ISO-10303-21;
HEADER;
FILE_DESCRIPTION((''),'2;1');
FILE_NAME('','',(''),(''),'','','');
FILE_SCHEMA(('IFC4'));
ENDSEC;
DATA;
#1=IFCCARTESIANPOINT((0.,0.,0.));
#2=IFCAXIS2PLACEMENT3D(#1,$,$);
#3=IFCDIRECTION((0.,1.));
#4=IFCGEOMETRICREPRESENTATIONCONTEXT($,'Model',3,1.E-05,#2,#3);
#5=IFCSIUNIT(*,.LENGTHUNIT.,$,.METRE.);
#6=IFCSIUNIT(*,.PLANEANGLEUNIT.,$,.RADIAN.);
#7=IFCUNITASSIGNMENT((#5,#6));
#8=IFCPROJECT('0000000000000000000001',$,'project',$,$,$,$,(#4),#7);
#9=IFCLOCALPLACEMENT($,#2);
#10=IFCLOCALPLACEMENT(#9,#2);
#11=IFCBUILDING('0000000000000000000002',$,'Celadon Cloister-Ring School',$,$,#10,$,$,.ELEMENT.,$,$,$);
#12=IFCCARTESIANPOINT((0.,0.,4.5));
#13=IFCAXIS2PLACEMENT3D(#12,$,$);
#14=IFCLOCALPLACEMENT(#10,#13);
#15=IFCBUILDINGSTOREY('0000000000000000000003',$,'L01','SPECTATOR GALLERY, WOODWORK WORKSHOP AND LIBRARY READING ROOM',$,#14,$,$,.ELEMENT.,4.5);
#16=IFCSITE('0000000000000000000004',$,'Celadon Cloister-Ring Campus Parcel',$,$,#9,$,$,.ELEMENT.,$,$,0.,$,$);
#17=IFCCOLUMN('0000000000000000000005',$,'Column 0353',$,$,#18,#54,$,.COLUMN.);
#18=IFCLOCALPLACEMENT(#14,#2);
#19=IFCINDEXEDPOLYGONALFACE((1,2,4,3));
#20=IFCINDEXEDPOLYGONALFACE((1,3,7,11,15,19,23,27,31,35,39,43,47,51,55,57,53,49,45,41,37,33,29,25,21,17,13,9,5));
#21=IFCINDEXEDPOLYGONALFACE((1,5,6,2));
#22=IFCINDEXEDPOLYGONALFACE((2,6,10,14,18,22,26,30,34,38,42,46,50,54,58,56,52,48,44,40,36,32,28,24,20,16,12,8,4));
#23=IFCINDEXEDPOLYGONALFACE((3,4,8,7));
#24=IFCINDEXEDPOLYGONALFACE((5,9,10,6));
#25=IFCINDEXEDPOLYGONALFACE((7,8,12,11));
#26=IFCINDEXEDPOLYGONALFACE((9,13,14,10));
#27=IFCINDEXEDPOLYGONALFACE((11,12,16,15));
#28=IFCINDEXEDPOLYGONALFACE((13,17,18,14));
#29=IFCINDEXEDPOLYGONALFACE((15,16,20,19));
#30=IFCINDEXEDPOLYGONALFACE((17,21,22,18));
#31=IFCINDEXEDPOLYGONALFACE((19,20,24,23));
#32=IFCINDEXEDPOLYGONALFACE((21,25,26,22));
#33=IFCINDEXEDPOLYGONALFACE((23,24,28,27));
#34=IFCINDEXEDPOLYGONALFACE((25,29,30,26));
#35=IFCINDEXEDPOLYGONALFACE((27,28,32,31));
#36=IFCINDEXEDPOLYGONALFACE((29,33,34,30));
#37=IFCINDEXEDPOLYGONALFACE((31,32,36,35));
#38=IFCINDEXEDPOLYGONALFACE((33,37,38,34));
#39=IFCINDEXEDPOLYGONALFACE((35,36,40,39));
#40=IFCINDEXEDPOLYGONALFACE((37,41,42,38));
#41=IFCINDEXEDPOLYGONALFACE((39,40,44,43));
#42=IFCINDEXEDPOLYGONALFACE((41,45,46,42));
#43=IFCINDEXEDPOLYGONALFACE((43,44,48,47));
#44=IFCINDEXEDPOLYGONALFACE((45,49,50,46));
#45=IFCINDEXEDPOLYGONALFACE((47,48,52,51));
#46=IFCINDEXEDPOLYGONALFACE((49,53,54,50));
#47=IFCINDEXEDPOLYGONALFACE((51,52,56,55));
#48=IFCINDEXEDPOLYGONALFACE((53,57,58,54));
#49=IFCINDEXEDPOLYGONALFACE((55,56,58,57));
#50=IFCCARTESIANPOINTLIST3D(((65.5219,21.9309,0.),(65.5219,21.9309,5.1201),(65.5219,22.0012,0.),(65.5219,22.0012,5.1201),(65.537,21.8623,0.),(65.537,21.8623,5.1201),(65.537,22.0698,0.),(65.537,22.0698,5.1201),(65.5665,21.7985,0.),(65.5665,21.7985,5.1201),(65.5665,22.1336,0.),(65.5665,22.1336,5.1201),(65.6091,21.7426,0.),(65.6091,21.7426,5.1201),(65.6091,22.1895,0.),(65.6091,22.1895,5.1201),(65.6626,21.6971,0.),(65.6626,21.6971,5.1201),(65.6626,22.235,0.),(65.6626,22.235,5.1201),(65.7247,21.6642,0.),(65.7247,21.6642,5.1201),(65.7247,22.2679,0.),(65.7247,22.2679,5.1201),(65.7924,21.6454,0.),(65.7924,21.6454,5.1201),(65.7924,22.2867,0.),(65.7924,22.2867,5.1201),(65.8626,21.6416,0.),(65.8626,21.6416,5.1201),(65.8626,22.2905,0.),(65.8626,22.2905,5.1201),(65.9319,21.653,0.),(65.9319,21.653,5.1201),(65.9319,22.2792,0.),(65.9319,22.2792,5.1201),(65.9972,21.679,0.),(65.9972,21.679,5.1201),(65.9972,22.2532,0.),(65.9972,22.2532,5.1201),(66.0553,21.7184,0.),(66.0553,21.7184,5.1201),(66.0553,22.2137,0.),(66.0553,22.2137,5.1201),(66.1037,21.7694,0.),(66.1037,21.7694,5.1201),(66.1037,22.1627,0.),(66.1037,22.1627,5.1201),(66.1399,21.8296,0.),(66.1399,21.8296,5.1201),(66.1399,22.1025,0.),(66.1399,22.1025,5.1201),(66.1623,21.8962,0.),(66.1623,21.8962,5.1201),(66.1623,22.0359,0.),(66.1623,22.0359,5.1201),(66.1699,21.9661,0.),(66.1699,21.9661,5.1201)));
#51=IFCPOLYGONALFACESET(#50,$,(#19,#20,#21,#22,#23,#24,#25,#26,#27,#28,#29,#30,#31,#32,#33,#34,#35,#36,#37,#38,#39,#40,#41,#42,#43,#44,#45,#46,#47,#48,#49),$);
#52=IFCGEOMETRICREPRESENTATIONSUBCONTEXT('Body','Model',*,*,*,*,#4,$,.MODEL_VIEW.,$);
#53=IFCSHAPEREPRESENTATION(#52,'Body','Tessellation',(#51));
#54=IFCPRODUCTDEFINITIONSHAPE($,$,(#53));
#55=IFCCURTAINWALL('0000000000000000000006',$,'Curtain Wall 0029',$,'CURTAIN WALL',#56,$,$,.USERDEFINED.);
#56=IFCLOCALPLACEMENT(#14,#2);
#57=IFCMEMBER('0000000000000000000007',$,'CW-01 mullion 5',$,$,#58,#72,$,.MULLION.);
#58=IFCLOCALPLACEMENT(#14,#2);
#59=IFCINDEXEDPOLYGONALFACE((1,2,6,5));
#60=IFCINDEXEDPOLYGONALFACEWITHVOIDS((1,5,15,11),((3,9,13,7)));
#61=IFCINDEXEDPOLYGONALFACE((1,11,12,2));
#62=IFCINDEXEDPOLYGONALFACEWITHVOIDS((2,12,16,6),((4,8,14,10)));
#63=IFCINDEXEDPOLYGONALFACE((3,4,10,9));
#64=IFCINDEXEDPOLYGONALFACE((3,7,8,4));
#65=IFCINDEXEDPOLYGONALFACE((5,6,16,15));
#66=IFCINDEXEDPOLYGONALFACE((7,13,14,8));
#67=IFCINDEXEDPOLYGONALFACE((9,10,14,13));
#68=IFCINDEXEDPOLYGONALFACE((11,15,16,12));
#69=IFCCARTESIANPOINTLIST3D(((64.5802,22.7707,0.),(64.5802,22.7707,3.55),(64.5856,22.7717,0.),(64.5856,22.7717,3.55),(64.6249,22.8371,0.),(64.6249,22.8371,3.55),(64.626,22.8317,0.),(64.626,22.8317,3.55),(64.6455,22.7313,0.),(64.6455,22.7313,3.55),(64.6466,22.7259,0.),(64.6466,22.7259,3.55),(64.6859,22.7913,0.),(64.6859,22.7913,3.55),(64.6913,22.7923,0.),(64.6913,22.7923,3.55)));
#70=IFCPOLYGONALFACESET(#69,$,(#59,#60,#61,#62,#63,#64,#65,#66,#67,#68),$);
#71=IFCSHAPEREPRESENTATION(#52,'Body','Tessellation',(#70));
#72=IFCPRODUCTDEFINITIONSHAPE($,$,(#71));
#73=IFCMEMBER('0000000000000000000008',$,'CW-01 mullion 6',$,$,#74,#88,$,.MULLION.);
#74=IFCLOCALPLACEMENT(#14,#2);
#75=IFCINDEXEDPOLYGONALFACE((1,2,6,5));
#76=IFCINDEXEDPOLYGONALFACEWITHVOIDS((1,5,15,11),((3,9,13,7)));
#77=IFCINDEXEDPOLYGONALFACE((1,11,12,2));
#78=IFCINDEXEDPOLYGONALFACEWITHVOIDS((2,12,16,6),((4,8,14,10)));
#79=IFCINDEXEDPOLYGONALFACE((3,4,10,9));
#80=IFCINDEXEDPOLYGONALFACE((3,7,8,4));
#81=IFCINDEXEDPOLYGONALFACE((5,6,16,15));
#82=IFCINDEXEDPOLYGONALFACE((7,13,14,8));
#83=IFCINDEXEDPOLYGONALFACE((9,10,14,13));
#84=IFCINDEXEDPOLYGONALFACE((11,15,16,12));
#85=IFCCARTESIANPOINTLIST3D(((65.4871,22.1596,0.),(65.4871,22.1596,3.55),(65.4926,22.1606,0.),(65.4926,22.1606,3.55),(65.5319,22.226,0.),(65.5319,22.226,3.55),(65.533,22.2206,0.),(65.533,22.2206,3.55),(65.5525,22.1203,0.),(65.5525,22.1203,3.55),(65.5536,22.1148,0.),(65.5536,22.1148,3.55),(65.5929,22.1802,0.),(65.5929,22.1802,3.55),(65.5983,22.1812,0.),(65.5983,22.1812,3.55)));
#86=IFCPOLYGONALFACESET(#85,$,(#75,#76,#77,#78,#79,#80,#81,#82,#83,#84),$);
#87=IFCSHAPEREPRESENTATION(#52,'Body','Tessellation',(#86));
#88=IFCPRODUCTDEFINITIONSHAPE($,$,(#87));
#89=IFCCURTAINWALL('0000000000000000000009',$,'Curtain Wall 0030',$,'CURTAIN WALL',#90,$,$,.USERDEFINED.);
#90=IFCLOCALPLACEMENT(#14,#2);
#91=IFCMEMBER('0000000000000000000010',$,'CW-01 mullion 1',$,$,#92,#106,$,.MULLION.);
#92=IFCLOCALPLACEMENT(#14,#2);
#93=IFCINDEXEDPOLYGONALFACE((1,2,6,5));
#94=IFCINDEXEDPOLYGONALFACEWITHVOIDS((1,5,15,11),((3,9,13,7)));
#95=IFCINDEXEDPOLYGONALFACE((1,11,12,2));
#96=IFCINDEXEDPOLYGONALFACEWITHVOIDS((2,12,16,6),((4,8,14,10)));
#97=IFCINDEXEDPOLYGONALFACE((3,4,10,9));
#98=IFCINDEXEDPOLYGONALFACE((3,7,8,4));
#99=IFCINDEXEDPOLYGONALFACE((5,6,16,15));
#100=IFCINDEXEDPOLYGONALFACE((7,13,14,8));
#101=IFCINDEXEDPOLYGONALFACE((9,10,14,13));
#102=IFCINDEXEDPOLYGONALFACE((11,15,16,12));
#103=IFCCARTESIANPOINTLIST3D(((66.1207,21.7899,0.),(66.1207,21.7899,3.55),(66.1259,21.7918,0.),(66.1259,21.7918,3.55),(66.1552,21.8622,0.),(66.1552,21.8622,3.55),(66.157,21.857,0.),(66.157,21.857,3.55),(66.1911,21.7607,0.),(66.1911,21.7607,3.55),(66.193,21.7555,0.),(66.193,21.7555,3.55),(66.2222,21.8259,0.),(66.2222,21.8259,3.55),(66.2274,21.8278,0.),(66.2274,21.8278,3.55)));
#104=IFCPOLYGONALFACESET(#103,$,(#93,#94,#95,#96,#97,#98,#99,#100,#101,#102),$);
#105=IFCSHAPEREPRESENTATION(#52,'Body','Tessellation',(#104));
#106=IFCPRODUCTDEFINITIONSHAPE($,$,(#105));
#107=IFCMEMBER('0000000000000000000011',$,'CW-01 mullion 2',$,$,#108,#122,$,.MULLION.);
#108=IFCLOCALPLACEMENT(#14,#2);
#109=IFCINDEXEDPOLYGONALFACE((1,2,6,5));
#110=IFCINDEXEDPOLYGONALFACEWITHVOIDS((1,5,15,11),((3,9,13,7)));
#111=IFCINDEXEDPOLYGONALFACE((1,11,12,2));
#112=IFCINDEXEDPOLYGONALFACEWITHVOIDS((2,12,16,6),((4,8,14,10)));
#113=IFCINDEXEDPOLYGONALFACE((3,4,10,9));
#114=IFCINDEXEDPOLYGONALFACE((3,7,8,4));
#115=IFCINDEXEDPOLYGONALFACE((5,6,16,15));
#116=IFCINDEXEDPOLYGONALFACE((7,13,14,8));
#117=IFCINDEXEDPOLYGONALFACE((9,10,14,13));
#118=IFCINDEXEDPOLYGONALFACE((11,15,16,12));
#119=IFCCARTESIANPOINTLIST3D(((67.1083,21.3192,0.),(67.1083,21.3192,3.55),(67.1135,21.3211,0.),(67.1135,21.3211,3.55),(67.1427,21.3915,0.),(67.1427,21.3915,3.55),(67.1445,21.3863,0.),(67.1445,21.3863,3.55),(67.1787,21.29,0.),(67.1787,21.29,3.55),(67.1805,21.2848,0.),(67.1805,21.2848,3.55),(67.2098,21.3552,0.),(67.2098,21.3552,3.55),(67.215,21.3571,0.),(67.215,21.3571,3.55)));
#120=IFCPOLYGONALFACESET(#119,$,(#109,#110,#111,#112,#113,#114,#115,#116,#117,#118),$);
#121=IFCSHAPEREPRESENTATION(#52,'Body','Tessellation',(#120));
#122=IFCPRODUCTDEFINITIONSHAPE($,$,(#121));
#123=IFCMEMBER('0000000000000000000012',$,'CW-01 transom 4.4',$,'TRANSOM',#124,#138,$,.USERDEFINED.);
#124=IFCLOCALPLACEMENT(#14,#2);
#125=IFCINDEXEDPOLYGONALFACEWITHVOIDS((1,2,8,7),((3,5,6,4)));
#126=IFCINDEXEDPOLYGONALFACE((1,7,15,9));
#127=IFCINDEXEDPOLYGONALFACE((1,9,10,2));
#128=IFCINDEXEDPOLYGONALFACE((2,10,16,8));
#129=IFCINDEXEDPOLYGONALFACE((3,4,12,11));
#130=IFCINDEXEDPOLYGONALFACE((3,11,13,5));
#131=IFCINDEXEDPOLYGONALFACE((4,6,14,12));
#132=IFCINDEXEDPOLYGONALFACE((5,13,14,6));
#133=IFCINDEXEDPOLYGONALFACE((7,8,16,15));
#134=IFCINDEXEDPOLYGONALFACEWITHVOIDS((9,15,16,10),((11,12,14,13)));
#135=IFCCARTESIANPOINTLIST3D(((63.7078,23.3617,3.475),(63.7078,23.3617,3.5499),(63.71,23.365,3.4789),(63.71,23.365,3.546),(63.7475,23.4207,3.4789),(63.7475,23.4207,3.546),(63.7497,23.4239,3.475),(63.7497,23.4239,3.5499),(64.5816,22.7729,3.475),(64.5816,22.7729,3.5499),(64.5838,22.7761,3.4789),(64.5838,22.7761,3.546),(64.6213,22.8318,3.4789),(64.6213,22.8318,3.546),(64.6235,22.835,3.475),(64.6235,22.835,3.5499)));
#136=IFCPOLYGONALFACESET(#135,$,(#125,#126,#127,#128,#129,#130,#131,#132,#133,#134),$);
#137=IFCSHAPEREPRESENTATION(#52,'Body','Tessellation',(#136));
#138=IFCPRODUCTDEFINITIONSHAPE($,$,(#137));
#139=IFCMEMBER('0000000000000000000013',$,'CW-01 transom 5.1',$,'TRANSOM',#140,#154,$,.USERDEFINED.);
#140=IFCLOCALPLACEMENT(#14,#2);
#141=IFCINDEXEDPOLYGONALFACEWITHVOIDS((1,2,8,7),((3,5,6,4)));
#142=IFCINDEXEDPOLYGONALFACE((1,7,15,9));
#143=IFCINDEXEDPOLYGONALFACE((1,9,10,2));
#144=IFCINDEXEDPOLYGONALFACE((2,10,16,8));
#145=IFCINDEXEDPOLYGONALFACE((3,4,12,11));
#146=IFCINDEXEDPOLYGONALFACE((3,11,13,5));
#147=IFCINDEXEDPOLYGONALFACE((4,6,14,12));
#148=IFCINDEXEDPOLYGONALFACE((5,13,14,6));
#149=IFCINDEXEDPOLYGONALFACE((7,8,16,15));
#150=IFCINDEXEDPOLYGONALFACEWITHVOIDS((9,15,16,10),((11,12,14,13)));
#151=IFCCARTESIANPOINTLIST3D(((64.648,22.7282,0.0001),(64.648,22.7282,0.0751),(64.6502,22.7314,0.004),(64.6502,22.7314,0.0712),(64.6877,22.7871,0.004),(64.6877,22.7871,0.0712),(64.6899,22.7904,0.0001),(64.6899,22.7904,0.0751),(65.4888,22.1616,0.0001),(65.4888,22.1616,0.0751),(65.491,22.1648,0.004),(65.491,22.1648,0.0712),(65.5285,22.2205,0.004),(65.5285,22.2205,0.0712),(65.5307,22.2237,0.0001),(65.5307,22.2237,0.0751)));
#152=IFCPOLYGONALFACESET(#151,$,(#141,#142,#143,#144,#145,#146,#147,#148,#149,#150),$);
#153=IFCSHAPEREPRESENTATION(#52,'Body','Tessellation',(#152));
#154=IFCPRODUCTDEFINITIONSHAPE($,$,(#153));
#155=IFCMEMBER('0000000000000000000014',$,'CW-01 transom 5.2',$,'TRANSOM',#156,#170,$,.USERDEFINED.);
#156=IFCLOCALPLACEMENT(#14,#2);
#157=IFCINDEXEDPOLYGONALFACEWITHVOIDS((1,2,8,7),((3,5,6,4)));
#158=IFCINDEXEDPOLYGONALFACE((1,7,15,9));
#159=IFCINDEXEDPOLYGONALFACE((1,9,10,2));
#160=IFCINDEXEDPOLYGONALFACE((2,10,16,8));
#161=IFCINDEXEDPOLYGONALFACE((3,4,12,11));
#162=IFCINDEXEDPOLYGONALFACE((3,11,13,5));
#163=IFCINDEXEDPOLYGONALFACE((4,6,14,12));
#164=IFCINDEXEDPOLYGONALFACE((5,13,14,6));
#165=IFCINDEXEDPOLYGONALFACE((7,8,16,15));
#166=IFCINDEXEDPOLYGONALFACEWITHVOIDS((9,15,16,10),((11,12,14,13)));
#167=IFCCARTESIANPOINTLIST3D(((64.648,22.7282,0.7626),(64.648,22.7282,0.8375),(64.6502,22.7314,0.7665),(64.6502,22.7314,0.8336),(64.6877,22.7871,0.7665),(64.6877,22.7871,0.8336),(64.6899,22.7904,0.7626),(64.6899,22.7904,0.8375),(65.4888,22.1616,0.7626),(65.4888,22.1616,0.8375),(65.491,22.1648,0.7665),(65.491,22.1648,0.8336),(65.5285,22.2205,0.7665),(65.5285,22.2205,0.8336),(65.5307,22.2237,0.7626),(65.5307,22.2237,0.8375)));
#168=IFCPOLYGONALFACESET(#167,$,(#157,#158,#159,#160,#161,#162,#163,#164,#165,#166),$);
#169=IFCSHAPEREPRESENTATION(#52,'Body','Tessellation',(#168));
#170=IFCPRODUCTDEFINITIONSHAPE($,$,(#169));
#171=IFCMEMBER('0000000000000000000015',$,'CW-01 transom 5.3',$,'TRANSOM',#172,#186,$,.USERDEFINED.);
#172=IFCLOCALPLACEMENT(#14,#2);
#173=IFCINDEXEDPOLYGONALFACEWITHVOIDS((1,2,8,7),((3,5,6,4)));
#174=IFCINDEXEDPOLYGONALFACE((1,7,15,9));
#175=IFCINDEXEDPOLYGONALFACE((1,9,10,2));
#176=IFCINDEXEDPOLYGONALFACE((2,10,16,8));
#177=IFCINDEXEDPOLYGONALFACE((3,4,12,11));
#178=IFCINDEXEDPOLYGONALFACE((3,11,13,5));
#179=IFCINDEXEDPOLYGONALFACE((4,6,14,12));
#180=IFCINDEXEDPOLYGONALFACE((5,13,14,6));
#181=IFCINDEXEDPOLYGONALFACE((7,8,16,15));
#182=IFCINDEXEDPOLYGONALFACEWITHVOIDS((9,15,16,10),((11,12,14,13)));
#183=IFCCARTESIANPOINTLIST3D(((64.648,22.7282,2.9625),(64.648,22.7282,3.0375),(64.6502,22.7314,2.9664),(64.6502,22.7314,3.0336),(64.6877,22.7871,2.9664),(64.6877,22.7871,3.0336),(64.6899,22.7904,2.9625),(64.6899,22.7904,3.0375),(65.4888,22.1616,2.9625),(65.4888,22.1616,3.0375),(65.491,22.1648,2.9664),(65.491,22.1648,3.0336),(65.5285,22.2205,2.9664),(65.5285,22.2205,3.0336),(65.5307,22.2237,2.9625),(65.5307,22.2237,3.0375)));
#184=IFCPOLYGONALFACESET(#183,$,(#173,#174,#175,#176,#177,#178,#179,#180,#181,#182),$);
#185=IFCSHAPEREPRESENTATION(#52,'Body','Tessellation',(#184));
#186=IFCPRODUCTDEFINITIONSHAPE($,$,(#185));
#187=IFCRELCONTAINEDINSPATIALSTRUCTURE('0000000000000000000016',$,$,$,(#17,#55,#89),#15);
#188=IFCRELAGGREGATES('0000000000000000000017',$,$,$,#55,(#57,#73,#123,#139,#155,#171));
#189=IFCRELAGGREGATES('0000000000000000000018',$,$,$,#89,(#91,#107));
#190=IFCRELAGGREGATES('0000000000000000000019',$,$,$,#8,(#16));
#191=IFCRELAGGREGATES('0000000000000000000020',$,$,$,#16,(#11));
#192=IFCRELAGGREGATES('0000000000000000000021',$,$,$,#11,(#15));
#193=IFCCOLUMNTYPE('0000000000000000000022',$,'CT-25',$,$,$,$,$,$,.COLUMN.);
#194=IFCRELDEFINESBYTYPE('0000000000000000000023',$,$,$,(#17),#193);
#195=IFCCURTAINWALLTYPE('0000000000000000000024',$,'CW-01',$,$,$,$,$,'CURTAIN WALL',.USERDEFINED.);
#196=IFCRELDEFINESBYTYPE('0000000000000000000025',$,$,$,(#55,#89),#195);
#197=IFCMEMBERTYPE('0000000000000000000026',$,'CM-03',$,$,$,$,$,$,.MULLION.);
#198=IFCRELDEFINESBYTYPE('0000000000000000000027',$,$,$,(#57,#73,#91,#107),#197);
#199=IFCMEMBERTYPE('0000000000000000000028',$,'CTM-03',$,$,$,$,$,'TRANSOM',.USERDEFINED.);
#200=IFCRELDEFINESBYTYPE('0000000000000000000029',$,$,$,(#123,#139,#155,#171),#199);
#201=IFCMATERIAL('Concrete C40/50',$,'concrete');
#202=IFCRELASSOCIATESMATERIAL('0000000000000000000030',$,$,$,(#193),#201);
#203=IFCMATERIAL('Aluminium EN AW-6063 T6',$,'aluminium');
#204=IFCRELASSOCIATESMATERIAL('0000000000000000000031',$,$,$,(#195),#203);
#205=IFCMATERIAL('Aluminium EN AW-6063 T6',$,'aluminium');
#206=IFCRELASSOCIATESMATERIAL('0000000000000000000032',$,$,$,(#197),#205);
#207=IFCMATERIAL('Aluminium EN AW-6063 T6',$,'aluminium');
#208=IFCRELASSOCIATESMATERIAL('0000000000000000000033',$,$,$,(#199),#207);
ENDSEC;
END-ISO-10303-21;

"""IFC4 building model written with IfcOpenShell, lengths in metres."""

from ifc_helpers import new_model, si_unit, direction, frame, origin, origin_2d, place, context, subcontext, project, spatial, hollow_rectangle, circle, extrude, material, material_profile, profile_set, type_object, element, aggregate, save


model = new_model("IFC4")

# Units and contexts
model_context = context("Model", 3, precision=1e-05, world=origin(), true_north=direction((0.0, 1.0)))
body_context = subcontext(model_context, "Body", "Model", "MODEL_VIEW")
ifc_project = project(units=[si_unit("LENGTHUNIT", "METRE"), si_unit("PLANEANGLEUNIT", "RADIAN")], contexts=[model_context])

# Site, building, storey
site_placement = place(None, origin())
site = spatial("IfcSite", under=ifc_project, at=site_placement, Name="Celadon Cloister-Ring Campus Parcel", CompositionType="ELEMENT", RefElevation=0.0)
building_placement = place(site_placement, origin())
building = spatial("IfcBuilding", under=site, at=building_placement, Name="Celadon Cloister-Ring School", CompositionType="ELEMENT")
storey_placement = place(building_placement, frame((0.0, 0.0, 4.5)))
storey = spatial("IfcBuildingStorey", under=building, at=storey_placement, Name="L01", Description="SPECTATOR GALLERY, WOODWORK WORKSHOP AND LIBRARY READING ROOM", CompositionType="ELEMENT", Elevation=4.5)

# Column
ifc_material_1 = material(Name="Concrete C40/50", Category="concrete")
ifc_material_profile_1 = material_profile(ifc_material_1, circle(Radius=0.325, at=origin_2d()), Name="CIRC650")
ifc_profile_set_1 = profile_set([ifc_material_profile_1], Name="Concrete C40/50")
column_type = type_object("IfcColumnType", Name="CT-25", PredefinedType="COLUMN", material=ifc_profile_set_1)
column_placement = place(storey_placement, frame((65.845, 21.9661, 0.0), z_axis=(0.0, 0.0, 1.0), x_axis=(1.0, 0.0, 0.0)))
element("IfcColumn", 1, at=column_placement, inside=storey, type_object=column_type, Name="Column 0353", PredefinedType="COLUMN", context=body_context, shape_type="SweptSolid", body=[
    extrude(circle(Radius=0.325, at=origin_2d()), origin(), (0.0, 0.0, 1.0), 5.1201),
])

# Curtain walls, members
ifc_material_2 = material(Name="Aluminium EN AW-6063 T6", Category="aluminium")
curtain_wall_type = type_object("IfcCurtainWallType", Name="CW-01", ElementType="CURTAIN WALL", PredefinedType="USERDEFINED", material=ifc_material_2)
curtain_wall_1_placement = place(storey_placement, origin())
curtain_wall_1 = element("IfcCurtainWall", 2, at=curtain_wall_1_placement, inside=storey, type_object=curtain_wall_type, Name="Curtain Wall 0029", ObjectType="CURTAIN WALL", PredefinedType="USERDEFINED")
ifc_material_3 = material(Name="Aluminium EN AW-6063 T6", Category="aluminium")
ifc_material_profile_2 = material_profile(ifc_material_3, hollow_rectangle(XDim=0.0801, YDim=0.0801, WallThickness=0.0039, at=origin_2d()), Name="RHS80X80X4")
ifc_profile_set_2 = profile_set([ifc_material_profile_2], Name="Aluminium EN AW-6063 T6")
member_type_1 = type_object("IfcMemberType", Name="CM-03", PredefinedType="MULLION", material=ifc_profile_set_2)
member_1_placement = place(storey_placement, frame((64.6357, 22.7815, 0.0), z_axis=(0.0, 0.0, 1.0), x_axis=(0.558846, 0.829272, 0.0)))
member_1 = element("IfcMember", 3, at=member_1_placement, type_object=member_type_1, Name="CW-01 mullion 5", PredefinedType="MULLION", context=body_context, shape_type="SweptSolid", body=[
    extrude(hollow_rectangle(XDim=0.0801, YDim=0.0801, WallThickness=0.0039, at=origin_2d()), origin(), (0.0, 0.0, 1.0), 3.55),
])
member_2_placement = place(storey_placement, frame((65.5427, 22.1704, 0.0), z_axis=(0.0, 0.0, 1.0), x_axis=(0.558846, 0.829272, 0.0)))
member_2 = element("IfcMember", 4, at=member_2_placement, type_object=member_type_1, Name="CW-01 mullion 6", PredefinedType="MULLION", context=body_context, shape_type="SweptSolid", body=[
    extrude(hollow_rectangle(XDim=0.0801, YDim=0.0801, WallThickness=0.0039, at=origin_2d()), origin(), (0.0, 0.0, 1.0), 3.55),
])
curtain_wall_2_placement = place(storey_placement, origin())
curtain_wall_2 = element("IfcCurtainWall", 5, at=curtain_wall_2_placement, inside=storey, type_object=curtain_wall_type, Name="Curtain Wall 0030", ObjectType="CURTAIN WALL", PredefinedType="USERDEFINED")
member_3_placement = place(storey_placement, frame((66.1741, 21.8088, 0.0), z_axis=(0.0, 0.0, 1.0), x_axis=(0.430201, 0.902733, 0.0)))
member_3 = element("IfcMember", 6, at=member_3_placement, type_object=member_type_1, Name="CW-01 mullion 1", PredefinedType="MULLION", context=body_context, shape_type="SweptSolid", body=[
    extrude(hollow_rectangle(XDim=0.0801, YDim=0.0801, WallThickness=0.0039, at=origin_2d()), origin(), (0.0, 0.0, 1.0), 3.55),
])
member_4_placement = place(storey_placement, frame((67.1616, 21.3381, 0.0), z_axis=(0.0, 0.0, 1.0), x_axis=(0.430201, 0.902733, 0.0)))
member_4 = element("IfcMember", 7, at=member_4_placement, type_object=member_type_1, Name="CW-01 mullion 2", PredefinedType="MULLION", context=body_context, shape_type="SweptSolid", body=[
    extrude(hollow_rectangle(XDim=0.0801, YDim=0.0801, WallThickness=0.0039, at=origin_2d()), origin(), (0.0, 0.0, 1.0), 3.55),
])

# Members
ifc_material_4 = material(Name="Aluminium EN AW-6063 T6", Category="aluminium")
ifc_material_profile_3 = material_profile(ifc_material_4, hollow_rectangle(XDim=0.075, YDim=0.075, WallThickness=0.0039, at=origin_2d()), Name="RHS75X75X4")
ifc_profile_set_3 = profile_set([ifc_material_profile_3], Name="Aluminium EN AW-6063 T6")
member_type_2 = type_object("IfcMemberType", Name="CTM-03", ElementType="TRANSOM", PredefinedType="USERDEFINED", material=ifc_profile_set_3)
member_5_placement = place(storey_placement, frame((63.7288, 23.3928, 3.5125), z_axis=(0.829259, -0.558864, 0.0), x_axis=(0.558864, 0.829259, 0.0)))
member_5 = element("IfcMember", 8, at=member_5_placement, type_object=member_type_2, Name="CW-01 transom 4.4", ObjectType="TRANSOM", PredefinedType="USERDEFINED", context=body_context, shape_type="SweptSolid", body=[
    extrude(hollow_rectangle(XDim=0.075, YDim=0.075, WallThickness=0.0039, at=origin_2d()), origin(), (0.0, 0.0, 1.0), 1.0537),
])
member_6_placement = place(storey_placement, frame((64.6689, 22.7593, 0.0376), z_axis=(0.829262, -0.558861, 0.0), x_axis=(0.558861, 0.829262, 0.0)))
member_6 = element("IfcMember", 9, at=member_6_placement, type_object=member_type_2, Name="CW-01 transom 5.1", ObjectType="TRANSOM", PredefinedType="USERDEFINED", context=body_context, shape_type="SweptSolid", body=[
    extrude(hollow_rectangle(XDim=0.075, YDim=0.075, WallThickness=0.0039, at=origin_2d()), origin(), (0.0, 0.0, 1.0), 1.0139),
])
member_7_placement = place(storey_placement, frame((64.6689, 22.7593, 0.8), z_axis=(0.829262, -0.558861, 0.0), x_axis=(0.558861, 0.829262, 0.0)))
member_7 = element("IfcMember", 10, at=member_7_placement, type_object=member_type_2, Name="CW-01 transom 5.2", ObjectType="TRANSOM", PredefinedType="USERDEFINED", context=body_context, shape_type="SweptSolid", body=[
    extrude(hollow_rectangle(XDim=0.075, YDim=0.075, WallThickness=0.0039, at=origin_2d()), origin(), (0.0, 0.0, 1.0), 1.0139),
])
member_8_placement = place(storey_placement, frame((64.6689, 22.7593, 3.0), z_axis=(0.829262, -0.558861, 0.0), x_axis=(0.558861, 0.829262, 0.0)))
member_8 = element("IfcMember", 11, at=member_8_placement, type_object=member_type_2, Name="CW-01 transom 5.3", ObjectType="TRANSOM", PredefinedType="USERDEFINED", context=body_context, shape_type="SweptSolid", body=[
    extrude(hollow_rectangle(XDim=0.075, YDim=0.075, WallThickness=0.0039, at=origin_2d()), origin(), (0.0, 0.0, 1.0), 1.0139),
])

aggregate(curtain_wall_1, [member_1, member_2, member_5, member_6, member_7, member_8])
aggregate(curtain_wall_2, [member_3, member_4])

save(model, "model.ifc")
